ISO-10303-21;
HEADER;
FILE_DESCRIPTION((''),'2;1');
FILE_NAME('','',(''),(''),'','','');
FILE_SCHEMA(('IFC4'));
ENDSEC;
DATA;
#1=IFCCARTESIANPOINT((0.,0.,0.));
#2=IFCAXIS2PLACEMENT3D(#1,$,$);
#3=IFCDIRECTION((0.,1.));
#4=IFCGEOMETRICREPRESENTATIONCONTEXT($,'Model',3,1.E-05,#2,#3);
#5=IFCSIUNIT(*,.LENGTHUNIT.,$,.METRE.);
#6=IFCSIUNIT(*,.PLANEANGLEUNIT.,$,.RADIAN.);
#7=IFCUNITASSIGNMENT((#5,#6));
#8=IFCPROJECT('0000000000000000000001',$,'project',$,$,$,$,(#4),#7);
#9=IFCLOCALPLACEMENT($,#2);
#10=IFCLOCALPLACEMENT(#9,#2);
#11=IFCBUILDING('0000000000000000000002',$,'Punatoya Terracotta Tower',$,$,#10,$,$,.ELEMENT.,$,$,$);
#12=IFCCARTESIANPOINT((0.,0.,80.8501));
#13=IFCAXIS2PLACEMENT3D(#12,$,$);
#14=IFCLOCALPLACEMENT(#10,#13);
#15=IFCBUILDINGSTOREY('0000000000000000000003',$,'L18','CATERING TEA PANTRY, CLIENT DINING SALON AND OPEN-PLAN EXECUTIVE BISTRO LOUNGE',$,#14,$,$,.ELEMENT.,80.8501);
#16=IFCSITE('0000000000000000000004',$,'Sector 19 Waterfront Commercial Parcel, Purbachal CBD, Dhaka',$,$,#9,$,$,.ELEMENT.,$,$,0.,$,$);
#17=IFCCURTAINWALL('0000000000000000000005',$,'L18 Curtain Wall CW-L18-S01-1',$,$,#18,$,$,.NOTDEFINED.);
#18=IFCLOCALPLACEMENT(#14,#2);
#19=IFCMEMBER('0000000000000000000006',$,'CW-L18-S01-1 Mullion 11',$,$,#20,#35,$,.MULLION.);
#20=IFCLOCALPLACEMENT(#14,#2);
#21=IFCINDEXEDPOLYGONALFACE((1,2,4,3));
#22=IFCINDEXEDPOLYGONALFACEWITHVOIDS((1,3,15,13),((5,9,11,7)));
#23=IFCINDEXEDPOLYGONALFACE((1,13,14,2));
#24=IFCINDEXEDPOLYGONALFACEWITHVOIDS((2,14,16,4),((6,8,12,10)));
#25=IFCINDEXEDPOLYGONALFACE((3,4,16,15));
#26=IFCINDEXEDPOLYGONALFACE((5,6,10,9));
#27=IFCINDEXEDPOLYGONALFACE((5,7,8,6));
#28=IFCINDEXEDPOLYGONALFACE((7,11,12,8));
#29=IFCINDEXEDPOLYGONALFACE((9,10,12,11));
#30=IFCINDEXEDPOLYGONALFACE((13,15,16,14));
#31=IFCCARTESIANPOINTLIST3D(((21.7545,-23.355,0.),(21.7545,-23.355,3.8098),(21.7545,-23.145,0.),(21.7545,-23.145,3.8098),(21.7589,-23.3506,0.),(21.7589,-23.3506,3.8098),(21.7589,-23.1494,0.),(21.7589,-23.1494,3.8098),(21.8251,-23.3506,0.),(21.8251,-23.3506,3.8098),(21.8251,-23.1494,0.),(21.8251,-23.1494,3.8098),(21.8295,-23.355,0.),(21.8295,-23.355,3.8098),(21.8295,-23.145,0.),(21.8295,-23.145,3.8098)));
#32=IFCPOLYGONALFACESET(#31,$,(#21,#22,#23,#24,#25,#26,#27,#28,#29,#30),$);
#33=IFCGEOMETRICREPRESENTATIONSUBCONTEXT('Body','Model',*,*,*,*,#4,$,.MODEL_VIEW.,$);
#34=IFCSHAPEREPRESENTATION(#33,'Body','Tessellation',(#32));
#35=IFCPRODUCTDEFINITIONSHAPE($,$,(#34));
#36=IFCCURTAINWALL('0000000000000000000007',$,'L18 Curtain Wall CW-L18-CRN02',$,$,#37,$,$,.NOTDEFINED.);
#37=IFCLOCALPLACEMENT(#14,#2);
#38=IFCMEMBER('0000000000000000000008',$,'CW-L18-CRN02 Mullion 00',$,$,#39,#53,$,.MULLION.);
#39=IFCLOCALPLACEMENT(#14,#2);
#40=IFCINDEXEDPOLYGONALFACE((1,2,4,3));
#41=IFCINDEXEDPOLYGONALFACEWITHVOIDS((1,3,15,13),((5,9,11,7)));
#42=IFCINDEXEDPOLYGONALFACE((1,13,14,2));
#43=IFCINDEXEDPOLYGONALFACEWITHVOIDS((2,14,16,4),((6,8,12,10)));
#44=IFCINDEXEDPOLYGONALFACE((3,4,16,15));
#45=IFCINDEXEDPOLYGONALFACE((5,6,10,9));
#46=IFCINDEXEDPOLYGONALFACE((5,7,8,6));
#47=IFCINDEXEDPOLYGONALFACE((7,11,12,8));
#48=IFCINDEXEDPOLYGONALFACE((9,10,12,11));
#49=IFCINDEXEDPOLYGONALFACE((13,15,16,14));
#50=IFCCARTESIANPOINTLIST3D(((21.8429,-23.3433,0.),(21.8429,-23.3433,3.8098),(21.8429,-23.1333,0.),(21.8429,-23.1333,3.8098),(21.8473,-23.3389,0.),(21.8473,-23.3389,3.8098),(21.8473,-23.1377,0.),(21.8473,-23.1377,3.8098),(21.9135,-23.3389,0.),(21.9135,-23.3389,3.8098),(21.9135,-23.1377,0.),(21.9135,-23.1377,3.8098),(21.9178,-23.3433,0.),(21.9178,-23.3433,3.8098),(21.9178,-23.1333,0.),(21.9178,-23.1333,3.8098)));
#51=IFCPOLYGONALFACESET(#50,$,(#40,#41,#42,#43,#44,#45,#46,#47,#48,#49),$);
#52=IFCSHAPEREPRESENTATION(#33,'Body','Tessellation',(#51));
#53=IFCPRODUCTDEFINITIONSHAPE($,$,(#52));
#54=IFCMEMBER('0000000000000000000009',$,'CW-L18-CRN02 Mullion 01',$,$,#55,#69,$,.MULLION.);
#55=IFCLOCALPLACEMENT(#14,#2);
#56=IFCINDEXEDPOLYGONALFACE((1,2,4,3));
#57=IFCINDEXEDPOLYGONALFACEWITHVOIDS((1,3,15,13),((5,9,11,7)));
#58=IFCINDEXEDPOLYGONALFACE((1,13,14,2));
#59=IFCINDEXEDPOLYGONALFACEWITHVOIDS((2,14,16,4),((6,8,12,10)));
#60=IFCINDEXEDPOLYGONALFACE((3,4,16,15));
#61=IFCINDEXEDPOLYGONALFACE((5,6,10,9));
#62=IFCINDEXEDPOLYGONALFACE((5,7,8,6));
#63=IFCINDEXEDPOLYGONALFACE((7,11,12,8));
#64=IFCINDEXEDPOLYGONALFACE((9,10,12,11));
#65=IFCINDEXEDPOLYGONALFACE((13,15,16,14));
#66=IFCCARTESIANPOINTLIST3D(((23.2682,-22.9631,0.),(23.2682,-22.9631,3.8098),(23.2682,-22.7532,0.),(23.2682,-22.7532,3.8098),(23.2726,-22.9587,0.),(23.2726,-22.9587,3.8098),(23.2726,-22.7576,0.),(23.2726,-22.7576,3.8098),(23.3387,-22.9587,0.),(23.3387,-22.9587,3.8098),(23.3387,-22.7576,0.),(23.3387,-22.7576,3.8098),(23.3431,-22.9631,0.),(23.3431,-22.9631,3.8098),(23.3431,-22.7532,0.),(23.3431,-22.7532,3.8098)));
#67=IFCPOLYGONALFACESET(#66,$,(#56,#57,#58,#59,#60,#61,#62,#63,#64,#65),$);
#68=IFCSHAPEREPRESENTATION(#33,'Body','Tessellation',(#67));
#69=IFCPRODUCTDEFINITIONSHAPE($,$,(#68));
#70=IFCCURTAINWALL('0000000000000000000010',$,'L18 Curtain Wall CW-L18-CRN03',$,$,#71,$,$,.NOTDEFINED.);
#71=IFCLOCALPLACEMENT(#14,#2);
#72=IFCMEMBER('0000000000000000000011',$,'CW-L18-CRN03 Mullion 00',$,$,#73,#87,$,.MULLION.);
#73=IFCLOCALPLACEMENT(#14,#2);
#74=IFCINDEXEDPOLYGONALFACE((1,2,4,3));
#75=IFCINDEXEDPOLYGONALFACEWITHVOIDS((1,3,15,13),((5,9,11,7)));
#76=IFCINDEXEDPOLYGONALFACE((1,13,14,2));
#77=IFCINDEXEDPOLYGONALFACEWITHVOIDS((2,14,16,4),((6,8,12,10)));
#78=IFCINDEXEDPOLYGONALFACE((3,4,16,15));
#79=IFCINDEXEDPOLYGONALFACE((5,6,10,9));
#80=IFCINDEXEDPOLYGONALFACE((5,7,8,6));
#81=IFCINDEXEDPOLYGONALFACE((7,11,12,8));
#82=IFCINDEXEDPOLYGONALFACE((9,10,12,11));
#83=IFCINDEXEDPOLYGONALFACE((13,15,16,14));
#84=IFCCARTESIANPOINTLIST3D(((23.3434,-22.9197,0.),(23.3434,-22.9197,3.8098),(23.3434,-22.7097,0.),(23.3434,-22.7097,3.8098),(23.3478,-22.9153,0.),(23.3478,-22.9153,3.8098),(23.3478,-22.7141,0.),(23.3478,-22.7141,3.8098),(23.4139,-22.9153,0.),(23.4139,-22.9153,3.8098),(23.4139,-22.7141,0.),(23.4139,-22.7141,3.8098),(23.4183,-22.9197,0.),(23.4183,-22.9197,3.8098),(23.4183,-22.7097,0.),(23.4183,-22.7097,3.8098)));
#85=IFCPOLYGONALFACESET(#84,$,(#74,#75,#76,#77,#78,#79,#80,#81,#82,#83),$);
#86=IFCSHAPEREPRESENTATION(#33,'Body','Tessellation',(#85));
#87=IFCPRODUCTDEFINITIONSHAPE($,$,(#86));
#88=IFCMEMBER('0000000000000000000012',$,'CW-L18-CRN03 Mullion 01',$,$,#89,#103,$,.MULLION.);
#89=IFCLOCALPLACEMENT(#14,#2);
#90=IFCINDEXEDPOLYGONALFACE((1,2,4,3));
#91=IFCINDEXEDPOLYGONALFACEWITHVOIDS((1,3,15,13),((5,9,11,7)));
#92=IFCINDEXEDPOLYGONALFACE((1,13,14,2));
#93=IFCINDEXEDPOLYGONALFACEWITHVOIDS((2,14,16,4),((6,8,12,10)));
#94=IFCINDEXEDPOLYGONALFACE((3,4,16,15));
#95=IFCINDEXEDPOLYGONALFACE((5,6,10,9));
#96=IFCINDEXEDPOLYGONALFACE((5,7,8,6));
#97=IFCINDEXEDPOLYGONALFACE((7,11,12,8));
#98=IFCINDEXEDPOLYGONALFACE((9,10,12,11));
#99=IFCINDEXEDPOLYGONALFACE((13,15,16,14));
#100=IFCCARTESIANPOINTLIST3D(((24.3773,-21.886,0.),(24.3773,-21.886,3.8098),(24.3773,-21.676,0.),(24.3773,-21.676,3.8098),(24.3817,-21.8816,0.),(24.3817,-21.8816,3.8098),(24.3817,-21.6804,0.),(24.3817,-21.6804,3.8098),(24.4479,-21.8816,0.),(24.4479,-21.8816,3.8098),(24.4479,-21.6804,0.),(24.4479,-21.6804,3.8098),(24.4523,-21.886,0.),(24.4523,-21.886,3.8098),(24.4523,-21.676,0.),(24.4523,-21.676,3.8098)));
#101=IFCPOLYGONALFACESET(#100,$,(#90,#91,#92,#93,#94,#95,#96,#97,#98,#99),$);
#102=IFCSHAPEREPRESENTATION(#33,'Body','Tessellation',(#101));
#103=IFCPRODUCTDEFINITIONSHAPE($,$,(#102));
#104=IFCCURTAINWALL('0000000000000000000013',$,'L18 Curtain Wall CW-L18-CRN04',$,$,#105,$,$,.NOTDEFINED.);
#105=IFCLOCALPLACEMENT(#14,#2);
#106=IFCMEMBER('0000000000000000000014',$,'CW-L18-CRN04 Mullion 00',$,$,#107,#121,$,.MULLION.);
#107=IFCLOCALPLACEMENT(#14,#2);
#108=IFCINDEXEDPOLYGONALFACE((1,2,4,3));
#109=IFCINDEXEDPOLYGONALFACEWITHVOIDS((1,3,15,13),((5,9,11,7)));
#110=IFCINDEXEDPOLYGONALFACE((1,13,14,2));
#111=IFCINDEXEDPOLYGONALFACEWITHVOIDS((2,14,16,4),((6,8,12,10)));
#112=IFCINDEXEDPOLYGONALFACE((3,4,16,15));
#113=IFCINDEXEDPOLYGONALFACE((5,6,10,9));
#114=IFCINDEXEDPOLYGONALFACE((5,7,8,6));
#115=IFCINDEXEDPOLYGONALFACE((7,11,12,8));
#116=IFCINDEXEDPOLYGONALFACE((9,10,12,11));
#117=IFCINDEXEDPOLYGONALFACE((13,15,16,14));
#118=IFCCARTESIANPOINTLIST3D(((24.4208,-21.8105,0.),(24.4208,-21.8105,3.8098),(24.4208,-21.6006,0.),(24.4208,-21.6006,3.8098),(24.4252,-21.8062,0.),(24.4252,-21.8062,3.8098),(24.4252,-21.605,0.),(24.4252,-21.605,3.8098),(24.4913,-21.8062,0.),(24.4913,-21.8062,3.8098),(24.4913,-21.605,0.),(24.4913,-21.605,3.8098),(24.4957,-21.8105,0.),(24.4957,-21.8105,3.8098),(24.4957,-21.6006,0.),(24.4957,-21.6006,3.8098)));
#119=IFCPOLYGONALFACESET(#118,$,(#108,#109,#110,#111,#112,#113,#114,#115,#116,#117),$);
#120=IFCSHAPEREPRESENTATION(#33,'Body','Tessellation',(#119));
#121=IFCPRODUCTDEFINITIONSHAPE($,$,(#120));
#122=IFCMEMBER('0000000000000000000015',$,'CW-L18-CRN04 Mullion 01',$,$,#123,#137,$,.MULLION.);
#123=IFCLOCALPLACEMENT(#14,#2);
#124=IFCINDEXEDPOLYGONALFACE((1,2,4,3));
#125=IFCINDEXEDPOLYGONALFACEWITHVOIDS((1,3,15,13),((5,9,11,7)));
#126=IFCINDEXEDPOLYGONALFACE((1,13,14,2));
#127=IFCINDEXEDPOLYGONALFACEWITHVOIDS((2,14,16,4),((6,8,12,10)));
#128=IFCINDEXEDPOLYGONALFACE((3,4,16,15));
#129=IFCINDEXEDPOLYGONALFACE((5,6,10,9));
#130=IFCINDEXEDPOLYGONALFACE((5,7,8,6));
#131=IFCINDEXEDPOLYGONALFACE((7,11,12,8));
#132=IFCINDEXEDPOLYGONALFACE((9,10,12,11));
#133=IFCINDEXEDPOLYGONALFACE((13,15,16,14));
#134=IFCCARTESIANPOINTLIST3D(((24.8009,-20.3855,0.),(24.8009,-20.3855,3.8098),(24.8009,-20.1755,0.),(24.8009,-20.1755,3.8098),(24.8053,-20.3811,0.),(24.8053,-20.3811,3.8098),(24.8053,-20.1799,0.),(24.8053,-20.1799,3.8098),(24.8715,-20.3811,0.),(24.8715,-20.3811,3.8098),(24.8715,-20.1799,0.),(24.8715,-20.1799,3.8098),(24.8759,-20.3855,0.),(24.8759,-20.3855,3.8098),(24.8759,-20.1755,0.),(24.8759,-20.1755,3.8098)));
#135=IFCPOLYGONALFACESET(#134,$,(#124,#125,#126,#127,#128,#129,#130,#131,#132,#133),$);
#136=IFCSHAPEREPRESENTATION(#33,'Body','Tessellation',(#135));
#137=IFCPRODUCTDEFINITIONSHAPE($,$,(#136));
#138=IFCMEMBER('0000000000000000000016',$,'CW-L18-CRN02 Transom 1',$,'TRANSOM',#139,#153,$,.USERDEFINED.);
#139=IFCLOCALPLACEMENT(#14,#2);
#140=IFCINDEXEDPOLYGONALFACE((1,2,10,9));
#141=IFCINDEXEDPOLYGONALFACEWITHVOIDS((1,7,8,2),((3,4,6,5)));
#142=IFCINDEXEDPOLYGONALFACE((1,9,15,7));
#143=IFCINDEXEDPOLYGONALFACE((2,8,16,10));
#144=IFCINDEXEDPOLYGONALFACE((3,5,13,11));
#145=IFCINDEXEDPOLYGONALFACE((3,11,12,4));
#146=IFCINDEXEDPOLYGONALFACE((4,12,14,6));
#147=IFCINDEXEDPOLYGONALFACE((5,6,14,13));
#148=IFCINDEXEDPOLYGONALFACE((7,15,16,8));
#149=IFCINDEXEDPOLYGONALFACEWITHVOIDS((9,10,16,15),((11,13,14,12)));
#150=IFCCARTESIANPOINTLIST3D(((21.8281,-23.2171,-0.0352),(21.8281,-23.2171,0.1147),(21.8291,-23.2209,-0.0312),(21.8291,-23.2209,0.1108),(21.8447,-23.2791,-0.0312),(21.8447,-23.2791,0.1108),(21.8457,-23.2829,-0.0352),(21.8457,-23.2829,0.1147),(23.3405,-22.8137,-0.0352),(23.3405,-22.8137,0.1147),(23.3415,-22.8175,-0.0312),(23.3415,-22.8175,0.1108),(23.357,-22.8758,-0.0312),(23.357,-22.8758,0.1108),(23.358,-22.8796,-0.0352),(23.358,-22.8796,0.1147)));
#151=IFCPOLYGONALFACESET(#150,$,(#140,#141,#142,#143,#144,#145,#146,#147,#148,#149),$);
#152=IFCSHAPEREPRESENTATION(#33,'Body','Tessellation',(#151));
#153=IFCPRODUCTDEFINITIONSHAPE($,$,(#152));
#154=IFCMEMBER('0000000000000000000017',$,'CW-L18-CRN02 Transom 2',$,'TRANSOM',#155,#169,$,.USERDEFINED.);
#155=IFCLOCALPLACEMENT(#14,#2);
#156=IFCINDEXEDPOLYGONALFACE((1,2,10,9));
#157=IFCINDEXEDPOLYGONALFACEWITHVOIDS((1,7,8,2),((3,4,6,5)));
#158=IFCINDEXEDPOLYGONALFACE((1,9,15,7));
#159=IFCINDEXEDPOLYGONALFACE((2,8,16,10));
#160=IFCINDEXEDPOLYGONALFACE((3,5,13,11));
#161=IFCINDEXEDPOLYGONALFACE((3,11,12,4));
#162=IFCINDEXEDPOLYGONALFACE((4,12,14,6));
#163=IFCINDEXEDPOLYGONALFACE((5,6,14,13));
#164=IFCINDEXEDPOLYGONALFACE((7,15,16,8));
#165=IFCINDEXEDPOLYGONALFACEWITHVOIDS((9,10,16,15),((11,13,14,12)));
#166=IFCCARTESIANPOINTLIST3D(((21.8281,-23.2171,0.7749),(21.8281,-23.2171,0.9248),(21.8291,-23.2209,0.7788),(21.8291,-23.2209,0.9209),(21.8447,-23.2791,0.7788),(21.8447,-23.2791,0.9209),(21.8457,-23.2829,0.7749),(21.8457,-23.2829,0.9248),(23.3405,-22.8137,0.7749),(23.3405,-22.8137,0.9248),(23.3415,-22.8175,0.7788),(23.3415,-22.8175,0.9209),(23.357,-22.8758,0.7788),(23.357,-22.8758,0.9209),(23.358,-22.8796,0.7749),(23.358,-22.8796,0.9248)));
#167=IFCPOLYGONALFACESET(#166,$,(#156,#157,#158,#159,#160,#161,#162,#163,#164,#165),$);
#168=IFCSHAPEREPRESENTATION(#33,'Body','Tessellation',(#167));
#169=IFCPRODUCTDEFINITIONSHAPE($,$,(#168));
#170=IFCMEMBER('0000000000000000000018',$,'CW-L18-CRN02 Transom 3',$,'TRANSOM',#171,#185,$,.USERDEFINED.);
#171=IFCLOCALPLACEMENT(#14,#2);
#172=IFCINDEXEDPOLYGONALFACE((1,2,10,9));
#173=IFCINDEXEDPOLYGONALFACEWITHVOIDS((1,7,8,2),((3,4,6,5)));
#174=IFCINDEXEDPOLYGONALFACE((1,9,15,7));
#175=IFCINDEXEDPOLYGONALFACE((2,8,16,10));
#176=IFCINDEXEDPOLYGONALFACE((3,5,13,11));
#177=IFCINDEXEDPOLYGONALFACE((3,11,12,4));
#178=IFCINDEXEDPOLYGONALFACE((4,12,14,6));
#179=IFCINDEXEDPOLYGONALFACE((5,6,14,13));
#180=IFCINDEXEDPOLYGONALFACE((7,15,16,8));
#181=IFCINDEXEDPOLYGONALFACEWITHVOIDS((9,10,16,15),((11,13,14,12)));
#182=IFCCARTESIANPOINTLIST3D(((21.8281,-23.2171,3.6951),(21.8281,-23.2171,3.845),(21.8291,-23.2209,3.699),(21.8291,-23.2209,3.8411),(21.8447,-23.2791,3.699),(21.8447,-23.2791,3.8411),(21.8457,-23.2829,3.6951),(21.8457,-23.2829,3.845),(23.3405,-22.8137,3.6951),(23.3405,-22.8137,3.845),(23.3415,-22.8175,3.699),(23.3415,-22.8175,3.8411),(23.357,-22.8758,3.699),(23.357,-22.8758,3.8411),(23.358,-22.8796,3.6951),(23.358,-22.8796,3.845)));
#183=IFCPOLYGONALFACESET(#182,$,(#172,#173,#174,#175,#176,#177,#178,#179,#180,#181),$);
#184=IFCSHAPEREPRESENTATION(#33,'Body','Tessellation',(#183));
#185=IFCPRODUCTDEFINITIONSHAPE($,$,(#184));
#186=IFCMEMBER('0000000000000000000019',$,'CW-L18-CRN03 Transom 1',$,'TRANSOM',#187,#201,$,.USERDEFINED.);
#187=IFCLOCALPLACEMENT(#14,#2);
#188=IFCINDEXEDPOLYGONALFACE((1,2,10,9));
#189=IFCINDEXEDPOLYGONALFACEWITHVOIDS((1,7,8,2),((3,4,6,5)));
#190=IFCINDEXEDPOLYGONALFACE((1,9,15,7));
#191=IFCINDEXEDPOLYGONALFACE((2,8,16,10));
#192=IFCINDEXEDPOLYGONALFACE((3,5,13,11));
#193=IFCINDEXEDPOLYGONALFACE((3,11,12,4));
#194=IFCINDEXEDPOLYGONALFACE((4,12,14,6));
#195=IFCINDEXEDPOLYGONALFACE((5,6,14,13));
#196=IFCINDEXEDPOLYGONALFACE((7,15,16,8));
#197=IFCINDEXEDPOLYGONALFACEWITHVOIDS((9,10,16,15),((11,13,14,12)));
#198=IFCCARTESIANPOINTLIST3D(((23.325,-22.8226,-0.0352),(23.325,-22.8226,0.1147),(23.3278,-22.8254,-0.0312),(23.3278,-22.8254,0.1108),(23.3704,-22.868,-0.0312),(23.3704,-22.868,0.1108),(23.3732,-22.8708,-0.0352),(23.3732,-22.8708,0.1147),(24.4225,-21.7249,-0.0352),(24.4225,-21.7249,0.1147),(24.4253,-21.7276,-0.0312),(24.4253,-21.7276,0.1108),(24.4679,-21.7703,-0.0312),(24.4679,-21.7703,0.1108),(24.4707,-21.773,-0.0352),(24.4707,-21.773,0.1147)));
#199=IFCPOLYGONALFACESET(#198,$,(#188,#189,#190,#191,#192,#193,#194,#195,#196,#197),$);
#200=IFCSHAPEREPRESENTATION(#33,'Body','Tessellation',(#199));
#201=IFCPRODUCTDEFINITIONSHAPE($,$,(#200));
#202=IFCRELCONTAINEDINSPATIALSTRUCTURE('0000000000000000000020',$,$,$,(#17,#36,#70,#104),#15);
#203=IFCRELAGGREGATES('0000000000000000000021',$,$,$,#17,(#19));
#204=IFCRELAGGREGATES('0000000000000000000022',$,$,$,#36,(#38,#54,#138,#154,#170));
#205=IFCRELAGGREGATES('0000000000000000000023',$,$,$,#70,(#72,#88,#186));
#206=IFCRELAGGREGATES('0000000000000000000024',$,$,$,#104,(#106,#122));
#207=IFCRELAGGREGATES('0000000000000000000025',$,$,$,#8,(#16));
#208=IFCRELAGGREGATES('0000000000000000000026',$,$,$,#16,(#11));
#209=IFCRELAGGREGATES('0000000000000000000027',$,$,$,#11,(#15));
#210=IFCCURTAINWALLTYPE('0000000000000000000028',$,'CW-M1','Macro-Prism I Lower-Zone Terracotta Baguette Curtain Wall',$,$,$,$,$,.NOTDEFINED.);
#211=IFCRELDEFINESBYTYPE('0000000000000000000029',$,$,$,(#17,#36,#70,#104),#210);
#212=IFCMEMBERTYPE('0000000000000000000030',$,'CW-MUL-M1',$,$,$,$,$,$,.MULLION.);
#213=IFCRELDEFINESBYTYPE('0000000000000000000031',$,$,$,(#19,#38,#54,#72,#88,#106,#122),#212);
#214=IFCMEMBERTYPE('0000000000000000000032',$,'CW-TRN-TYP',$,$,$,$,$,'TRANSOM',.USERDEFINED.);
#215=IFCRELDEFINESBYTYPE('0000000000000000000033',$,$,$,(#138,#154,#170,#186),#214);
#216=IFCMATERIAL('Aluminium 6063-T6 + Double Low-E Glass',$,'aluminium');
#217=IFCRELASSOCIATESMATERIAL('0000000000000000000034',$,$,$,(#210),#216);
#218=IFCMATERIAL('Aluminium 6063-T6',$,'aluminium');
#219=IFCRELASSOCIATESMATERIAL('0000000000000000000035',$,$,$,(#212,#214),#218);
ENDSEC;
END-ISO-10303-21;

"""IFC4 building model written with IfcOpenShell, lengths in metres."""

from ifc_helpers import new_model, si_unit, direction, frame, origin, origin_2d, place, context, subcontext, project, spatial, hollow_rectangle, extrude, material, material_profile, profile_set, type_object, element, aggregate, save


model = new_model("IFC4")

# Units and contexts
model_context = context("Model", 3, precision=1e-05, world=origin(), true_north=direction((0.0, 1.0)))
body_context = subcontext(model_context, "Body", "Model", "MODEL_VIEW")
ifc_project = project(units=[si_unit("LENGTHUNIT", "METRE"), si_unit("PLANEANGLEUNIT", "RADIAN")], contexts=[model_context])

# Site, building, storey
site_placement = place(None, origin())
site = spatial("IfcSite", under=ifc_project, at=site_placement, Name="Sector 19 Waterfront Commercial Parcel, Purbachal CBD, Dhaka", CompositionType="ELEMENT", RefElevation=0.0)
building_placement = place(site_placement, origin())
building = spatial("IfcBuilding", under=site, at=building_placement, Name="Punatoya Terracotta Tower", CompositionType="ELEMENT")
storey_placement = place(building_placement, frame((0.0, 0.0, 80.8501)))
storey = spatial("IfcBuildingStorey", under=building, at=storey_placement, Name="L18", Description="CATERING TEA PANTRY, CLIENT DINING SALON AND OPEN-PLAN EXECUTIVE BISTRO LOUNGE", CompositionType="ELEMENT", Elevation=80.8501)

# Curtain wall, member
ifc_material_1 = material(Name="Aluminium 6063-T6 + Double Low-E Glass", Category="aluminium")
curtain_wall_type = type_object("IfcCurtainWallType", Name="CW-M1", Description="Macro-Prism I Lower-Zone Terracotta Baguette Curtain Wall", PredefinedType="NOTDEFINED", material=ifc_material_1)
curtain_wall_1_placement = place(storey_placement, origin())
curtain_wall_1 = element("IfcCurtainWall", 1, at=curtain_wall_1_placement, inside=storey, type_object=curtain_wall_type, Name="L18 Curtain Wall CW-L18-S01-1", PredefinedType="NOTDEFINED")
ifc_material_2 = material(Name="Aluminium 6063-T6", Category="aluminium")
ifc_material_profile_1 = material_profile(ifc_material_2, hollow_rectangle(XDim=0.075, YDim=0.21, WallThickness=0.0044, at=origin_2d()))
ifc_profile_set_1 = profile_set([ifc_material_profile_1], Name="Aluminium 6063-T6")
member_type_1 = type_object("IfcMemberType", Name="CW-MUL-M1", PredefinedType="MULLION", material=ifc_profile_set_1)
member_1_placement = place(storey_placement, frame((21.792, -23.25, 0.0), z_axis=(0.0, 0.0, 1.0), x_axis=(1.0, 0.0, 0.0)))
member_1 = element("IfcMember", 2, at=member_1_placement, type_object=member_type_1, Name="CW-L18-S01-1 Mullion 11", PredefinedType="MULLION", context=body_context, shape_type="SweptSolid", body=[
    extrude(hollow_rectangle(XDim=0.075, YDim=0.21, WallThickness=0.0044, at=origin_2d()), origin(), (0.0, 0.0, 1.0), 3.8098),
])

# Curtain walls, members
curtain_wall_2_placement = place(storey_placement, origin())
curtain_wall_2 = element("IfcCurtainWall", 3, at=curtain_wall_2_placement, inside=storey, type_object=curtain_wall_type, Name="L18 Curtain Wall CW-L18-CRN02", PredefinedType="NOTDEFINED")
member_2_placement = place(storey_placement, frame((21.8804, -23.2383, 0.0), z_axis=(0.0, 0.0, 1.0), x_axis=(1.0, 0.0, 0.0)))
member_2 = element("IfcMember", 4, at=member_2_placement, type_object=member_type_1, Name="CW-L18-CRN02 Mullion 00", PredefinedType="MULLION", context=body_context, shape_type="SweptSolid", body=[
    extrude(hollow_rectangle(XDim=0.075, YDim=0.21, WallThickness=0.0044, at=origin_2d()), origin(), (0.0, 0.0, 1.0), 3.8098),
])
member_3_placement = place(storey_placement, frame((23.3057, -22.8582, 0.0), z_axis=(0.0, 0.0, 1.0), x_axis=(1.0, 0.0, 0.0)))
member_3 = element("IfcMember", 5, at=member_3_placement, type_object=member_type_1, Name="CW-L18-CRN02 Mullion 01", PredefinedType="MULLION", context=body_context, shape_type="SweptSolid", body=[
    extrude(hollow_rectangle(XDim=0.075, YDim=0.21, WallThickness=0.0044, at=origin_2d()), origin(), (0.0, 0.0, 1.0), 3.8098),
])
curtain_wall_3_placement = place(storey_placement, origin())
curtain_wall_3 = element("IfcCurtainWall", 6, at=curtain_wall_3_placement, inside=storey, type_object=curtain_wall_type, Name="L18 Curtain Wall CW-L18-CRN03", PredefinedType="NOTDEFINED")
member_4_placement = place(storey_placement, frame((23.3809, -22.8147, 0.0), z_axis=(0.0, 0.0, 1.0), x_axis=(1.0, 0.0, 0.0)))
member_4 = element("IfcMember", 7, at=member_4_placement, type_object=member_type_1, Name="CW-L18-CRN03 Mullion 00", PredefinedType="MULLION", context=body_context, shape_type="SweptSolid", body=[
    extrude(hollow_rectangle(XDim=0.075, YDim=0.21, WallThickness=0.0044, at=origin_2d()), origin(), (0.0, 0.0, 1.0), 3.8098),
])
member_5_placement = place(storey_placement, frame((24.4148, -21.781, 0.0), z_axis=(0.0, 0.0, 1.0), x_axis=(1.0, 0.0, 0.0)))
member_5 = element("IfcMember", 8, at=member_5_placement, type_object=member_type_1, Name="CW-L18-CRN03 Mullion 01", PredefinedType="MULLION", context=body_context, shape_type="SweptSolid", body=[
    extrude(hollow_rectangle(XDim=0.075, YDim=0.21, WallThickness=0.0044, at=origin_2d()), origin(), (0.0, 0.0, 1.0), 3.8098),
])
curtain_wall_4_placement = place(storey_placement, origin())
curtain_wall_4 = element("IfcCurtainWall", 9, at=curtain_wall_4_placement, inside=storey, type_object=curtain_wall_type, Name="L18 Curtain Wall CW-L18-CRN04", PredefinedType="NOTDEFINED")
member_6_placement = place(storey_placement, frame((24.4583, -21.7056, 0.0), z_axis=(0.0, 0.0, 1.0), x_axis=(1.0, 0.0, 0.0)))
member_6 = element("IfcMember", 10, at=member_6_placement, type_object=member_type_1, Name="CW-L18-CRN04 Mullion 00", PredefinedType="MULLION", context=body_context, shape_type="SweptSolid", body=[
    extrude(hollow_rectangle(XDim=0.075, YDim=0.21, WallThickness=0.0044, at=origin_2d()), origin(), (0.0, 0.0, 1.0), 3.8098),
])
member_7_placement = place(storey_placement, frame((24.8384, -20.2805, 0.0), z_axis=(0.0, 0.0, 1.0), x_axis=(1.0, 0.0, 0.0)))
member_7 = element("IfcMember", 11, at=member_7_placement, type_object=member_type_1, Name="CW-L18-CRN04 Mullion 01", PredefinedType="MULLION", context=body_context, shape_type="SweptSolid", body=[
    extrude(hollow_rectangle(XDim=0.075, YDim=0.21, WallThickness=0.0044, at=origin_2d()), origin(), (0.0, 0.0, 1.0), 3.8098),
])

# Members
ifc_material_profile_2 = material_profile(ifc_material_2, hollow_rectangle(XDim=0.0681, YDim=0.1499, WallThickness=0.0039, at=origin_2d()))
ifc_profile_set_2 = profile_set([ifc_material_profile_2], Name="Aluminium 6063-T6")
member_type_2 = type_object("IfcMemberType", Name="CW-TRN-TYP", ElementType="TRANSOM", PredefinedType="USERDEFINED", material=ifc_profile_set_2)
member_8_placement = place(storey_placement, frame((21.8369, -23.25, 0.0398), z_axis=(0.966225, 0.257701, 0.0), x_axis=(-0.257701, 0.966225, 0.0)))
member_8 = element("IfcMember", 12, at=member_8_placement, type_object=member_type_2, Name="CW-L18-CRN02 Transom 1", ObjectType="TRANSOM", PredefinedType="USERDEFINED", context=body_context, shape_type="SweptSolid", body=[
    extrude(hollow_rectangle(XDim=0.0681, YDim=0.1499, WallThickness=0.0039, at=origin_2d()), origin(), (0.0, 0.0, 1.0), 1.5652),
])
member_9_placement = place(storey_placement, frame((21.8369, -23.25, 0.8499), z_axis=(0.966225, 0.257701, 0.0), x_axis=(-0.257701, 0.966225, 0.0)))
member_9 = element("IfcMember", 13, at=member_9_placement, type_object=member_type_2, Name="CW-L18-CRN02 Transom 2", ObjectType="TRANSOM", PredefinedType="USERDEFINED", context=body_context, shape_type="SweptSolid", body=[
    extrude(hollow_rectangle(XDim=0.0681, YDim=0.1499, WallThickness=0.0039, at=origin_2d()), origin(), (0.0, 0.0, 1.0), 1.5652),
])
member_10_placement = place(storey_placement, frame((21.8369, -23.25, 3.77), z_axis=(0.966225, 0.257701, 0.0), x_axis=(-0.257701, 0.966225, 0.0)))
member_10 = element("IfcMember", 14, at=member_10_placement, type_object=member_type_2, Name="CW-L18-CRN02 Transom 3", ObjectType="TRANSOM", PredefinedType="USERDEFINED", context=body_context, shape_type="SweptSolid", body=[
    extrude(hollow_rectangle(XDim=0.0681, YDim=0.1499, WallThickness=0.0039, at=origin_2d()), origin(), (0.0, 0.0, 1.0), 1.5652),
])
member_11_placement = place(storey_placement, frame((23.3491, -22.8467, 0.0398), z_axis=(0.707028, 0.707185, 0.0), x_axis=(-0.707185, 0.707028, 0.0)))
member_11 = element("IfcMember", 15, at=member_11_placement, type_object=member_type_2, Name="CW-L18-CRN03 Transom 1", ObjectType="TRANSOM", PredefinedType="USERDEFINED", context=body_context, shape_type="SweptSolid", body=[
    extrude(hollow_rectangle(XDim=0.0681, YDim=0.1499, WallThickness=0.0039, at=origin_2d()), origin(), (0.0, 0.0, 1.0), 1.5522),
])

aggregate(curtain_wall_1, [member_1])
aggregate(curtain_wall_2, [member_2, member_3, member_8, member_9, member_10])
aggregate(curtain_wall_3, [member_4, member_5, member_11])
aggregate(curtain_wall_4, [member_6, member_7])

save(model, "model.ifc")
